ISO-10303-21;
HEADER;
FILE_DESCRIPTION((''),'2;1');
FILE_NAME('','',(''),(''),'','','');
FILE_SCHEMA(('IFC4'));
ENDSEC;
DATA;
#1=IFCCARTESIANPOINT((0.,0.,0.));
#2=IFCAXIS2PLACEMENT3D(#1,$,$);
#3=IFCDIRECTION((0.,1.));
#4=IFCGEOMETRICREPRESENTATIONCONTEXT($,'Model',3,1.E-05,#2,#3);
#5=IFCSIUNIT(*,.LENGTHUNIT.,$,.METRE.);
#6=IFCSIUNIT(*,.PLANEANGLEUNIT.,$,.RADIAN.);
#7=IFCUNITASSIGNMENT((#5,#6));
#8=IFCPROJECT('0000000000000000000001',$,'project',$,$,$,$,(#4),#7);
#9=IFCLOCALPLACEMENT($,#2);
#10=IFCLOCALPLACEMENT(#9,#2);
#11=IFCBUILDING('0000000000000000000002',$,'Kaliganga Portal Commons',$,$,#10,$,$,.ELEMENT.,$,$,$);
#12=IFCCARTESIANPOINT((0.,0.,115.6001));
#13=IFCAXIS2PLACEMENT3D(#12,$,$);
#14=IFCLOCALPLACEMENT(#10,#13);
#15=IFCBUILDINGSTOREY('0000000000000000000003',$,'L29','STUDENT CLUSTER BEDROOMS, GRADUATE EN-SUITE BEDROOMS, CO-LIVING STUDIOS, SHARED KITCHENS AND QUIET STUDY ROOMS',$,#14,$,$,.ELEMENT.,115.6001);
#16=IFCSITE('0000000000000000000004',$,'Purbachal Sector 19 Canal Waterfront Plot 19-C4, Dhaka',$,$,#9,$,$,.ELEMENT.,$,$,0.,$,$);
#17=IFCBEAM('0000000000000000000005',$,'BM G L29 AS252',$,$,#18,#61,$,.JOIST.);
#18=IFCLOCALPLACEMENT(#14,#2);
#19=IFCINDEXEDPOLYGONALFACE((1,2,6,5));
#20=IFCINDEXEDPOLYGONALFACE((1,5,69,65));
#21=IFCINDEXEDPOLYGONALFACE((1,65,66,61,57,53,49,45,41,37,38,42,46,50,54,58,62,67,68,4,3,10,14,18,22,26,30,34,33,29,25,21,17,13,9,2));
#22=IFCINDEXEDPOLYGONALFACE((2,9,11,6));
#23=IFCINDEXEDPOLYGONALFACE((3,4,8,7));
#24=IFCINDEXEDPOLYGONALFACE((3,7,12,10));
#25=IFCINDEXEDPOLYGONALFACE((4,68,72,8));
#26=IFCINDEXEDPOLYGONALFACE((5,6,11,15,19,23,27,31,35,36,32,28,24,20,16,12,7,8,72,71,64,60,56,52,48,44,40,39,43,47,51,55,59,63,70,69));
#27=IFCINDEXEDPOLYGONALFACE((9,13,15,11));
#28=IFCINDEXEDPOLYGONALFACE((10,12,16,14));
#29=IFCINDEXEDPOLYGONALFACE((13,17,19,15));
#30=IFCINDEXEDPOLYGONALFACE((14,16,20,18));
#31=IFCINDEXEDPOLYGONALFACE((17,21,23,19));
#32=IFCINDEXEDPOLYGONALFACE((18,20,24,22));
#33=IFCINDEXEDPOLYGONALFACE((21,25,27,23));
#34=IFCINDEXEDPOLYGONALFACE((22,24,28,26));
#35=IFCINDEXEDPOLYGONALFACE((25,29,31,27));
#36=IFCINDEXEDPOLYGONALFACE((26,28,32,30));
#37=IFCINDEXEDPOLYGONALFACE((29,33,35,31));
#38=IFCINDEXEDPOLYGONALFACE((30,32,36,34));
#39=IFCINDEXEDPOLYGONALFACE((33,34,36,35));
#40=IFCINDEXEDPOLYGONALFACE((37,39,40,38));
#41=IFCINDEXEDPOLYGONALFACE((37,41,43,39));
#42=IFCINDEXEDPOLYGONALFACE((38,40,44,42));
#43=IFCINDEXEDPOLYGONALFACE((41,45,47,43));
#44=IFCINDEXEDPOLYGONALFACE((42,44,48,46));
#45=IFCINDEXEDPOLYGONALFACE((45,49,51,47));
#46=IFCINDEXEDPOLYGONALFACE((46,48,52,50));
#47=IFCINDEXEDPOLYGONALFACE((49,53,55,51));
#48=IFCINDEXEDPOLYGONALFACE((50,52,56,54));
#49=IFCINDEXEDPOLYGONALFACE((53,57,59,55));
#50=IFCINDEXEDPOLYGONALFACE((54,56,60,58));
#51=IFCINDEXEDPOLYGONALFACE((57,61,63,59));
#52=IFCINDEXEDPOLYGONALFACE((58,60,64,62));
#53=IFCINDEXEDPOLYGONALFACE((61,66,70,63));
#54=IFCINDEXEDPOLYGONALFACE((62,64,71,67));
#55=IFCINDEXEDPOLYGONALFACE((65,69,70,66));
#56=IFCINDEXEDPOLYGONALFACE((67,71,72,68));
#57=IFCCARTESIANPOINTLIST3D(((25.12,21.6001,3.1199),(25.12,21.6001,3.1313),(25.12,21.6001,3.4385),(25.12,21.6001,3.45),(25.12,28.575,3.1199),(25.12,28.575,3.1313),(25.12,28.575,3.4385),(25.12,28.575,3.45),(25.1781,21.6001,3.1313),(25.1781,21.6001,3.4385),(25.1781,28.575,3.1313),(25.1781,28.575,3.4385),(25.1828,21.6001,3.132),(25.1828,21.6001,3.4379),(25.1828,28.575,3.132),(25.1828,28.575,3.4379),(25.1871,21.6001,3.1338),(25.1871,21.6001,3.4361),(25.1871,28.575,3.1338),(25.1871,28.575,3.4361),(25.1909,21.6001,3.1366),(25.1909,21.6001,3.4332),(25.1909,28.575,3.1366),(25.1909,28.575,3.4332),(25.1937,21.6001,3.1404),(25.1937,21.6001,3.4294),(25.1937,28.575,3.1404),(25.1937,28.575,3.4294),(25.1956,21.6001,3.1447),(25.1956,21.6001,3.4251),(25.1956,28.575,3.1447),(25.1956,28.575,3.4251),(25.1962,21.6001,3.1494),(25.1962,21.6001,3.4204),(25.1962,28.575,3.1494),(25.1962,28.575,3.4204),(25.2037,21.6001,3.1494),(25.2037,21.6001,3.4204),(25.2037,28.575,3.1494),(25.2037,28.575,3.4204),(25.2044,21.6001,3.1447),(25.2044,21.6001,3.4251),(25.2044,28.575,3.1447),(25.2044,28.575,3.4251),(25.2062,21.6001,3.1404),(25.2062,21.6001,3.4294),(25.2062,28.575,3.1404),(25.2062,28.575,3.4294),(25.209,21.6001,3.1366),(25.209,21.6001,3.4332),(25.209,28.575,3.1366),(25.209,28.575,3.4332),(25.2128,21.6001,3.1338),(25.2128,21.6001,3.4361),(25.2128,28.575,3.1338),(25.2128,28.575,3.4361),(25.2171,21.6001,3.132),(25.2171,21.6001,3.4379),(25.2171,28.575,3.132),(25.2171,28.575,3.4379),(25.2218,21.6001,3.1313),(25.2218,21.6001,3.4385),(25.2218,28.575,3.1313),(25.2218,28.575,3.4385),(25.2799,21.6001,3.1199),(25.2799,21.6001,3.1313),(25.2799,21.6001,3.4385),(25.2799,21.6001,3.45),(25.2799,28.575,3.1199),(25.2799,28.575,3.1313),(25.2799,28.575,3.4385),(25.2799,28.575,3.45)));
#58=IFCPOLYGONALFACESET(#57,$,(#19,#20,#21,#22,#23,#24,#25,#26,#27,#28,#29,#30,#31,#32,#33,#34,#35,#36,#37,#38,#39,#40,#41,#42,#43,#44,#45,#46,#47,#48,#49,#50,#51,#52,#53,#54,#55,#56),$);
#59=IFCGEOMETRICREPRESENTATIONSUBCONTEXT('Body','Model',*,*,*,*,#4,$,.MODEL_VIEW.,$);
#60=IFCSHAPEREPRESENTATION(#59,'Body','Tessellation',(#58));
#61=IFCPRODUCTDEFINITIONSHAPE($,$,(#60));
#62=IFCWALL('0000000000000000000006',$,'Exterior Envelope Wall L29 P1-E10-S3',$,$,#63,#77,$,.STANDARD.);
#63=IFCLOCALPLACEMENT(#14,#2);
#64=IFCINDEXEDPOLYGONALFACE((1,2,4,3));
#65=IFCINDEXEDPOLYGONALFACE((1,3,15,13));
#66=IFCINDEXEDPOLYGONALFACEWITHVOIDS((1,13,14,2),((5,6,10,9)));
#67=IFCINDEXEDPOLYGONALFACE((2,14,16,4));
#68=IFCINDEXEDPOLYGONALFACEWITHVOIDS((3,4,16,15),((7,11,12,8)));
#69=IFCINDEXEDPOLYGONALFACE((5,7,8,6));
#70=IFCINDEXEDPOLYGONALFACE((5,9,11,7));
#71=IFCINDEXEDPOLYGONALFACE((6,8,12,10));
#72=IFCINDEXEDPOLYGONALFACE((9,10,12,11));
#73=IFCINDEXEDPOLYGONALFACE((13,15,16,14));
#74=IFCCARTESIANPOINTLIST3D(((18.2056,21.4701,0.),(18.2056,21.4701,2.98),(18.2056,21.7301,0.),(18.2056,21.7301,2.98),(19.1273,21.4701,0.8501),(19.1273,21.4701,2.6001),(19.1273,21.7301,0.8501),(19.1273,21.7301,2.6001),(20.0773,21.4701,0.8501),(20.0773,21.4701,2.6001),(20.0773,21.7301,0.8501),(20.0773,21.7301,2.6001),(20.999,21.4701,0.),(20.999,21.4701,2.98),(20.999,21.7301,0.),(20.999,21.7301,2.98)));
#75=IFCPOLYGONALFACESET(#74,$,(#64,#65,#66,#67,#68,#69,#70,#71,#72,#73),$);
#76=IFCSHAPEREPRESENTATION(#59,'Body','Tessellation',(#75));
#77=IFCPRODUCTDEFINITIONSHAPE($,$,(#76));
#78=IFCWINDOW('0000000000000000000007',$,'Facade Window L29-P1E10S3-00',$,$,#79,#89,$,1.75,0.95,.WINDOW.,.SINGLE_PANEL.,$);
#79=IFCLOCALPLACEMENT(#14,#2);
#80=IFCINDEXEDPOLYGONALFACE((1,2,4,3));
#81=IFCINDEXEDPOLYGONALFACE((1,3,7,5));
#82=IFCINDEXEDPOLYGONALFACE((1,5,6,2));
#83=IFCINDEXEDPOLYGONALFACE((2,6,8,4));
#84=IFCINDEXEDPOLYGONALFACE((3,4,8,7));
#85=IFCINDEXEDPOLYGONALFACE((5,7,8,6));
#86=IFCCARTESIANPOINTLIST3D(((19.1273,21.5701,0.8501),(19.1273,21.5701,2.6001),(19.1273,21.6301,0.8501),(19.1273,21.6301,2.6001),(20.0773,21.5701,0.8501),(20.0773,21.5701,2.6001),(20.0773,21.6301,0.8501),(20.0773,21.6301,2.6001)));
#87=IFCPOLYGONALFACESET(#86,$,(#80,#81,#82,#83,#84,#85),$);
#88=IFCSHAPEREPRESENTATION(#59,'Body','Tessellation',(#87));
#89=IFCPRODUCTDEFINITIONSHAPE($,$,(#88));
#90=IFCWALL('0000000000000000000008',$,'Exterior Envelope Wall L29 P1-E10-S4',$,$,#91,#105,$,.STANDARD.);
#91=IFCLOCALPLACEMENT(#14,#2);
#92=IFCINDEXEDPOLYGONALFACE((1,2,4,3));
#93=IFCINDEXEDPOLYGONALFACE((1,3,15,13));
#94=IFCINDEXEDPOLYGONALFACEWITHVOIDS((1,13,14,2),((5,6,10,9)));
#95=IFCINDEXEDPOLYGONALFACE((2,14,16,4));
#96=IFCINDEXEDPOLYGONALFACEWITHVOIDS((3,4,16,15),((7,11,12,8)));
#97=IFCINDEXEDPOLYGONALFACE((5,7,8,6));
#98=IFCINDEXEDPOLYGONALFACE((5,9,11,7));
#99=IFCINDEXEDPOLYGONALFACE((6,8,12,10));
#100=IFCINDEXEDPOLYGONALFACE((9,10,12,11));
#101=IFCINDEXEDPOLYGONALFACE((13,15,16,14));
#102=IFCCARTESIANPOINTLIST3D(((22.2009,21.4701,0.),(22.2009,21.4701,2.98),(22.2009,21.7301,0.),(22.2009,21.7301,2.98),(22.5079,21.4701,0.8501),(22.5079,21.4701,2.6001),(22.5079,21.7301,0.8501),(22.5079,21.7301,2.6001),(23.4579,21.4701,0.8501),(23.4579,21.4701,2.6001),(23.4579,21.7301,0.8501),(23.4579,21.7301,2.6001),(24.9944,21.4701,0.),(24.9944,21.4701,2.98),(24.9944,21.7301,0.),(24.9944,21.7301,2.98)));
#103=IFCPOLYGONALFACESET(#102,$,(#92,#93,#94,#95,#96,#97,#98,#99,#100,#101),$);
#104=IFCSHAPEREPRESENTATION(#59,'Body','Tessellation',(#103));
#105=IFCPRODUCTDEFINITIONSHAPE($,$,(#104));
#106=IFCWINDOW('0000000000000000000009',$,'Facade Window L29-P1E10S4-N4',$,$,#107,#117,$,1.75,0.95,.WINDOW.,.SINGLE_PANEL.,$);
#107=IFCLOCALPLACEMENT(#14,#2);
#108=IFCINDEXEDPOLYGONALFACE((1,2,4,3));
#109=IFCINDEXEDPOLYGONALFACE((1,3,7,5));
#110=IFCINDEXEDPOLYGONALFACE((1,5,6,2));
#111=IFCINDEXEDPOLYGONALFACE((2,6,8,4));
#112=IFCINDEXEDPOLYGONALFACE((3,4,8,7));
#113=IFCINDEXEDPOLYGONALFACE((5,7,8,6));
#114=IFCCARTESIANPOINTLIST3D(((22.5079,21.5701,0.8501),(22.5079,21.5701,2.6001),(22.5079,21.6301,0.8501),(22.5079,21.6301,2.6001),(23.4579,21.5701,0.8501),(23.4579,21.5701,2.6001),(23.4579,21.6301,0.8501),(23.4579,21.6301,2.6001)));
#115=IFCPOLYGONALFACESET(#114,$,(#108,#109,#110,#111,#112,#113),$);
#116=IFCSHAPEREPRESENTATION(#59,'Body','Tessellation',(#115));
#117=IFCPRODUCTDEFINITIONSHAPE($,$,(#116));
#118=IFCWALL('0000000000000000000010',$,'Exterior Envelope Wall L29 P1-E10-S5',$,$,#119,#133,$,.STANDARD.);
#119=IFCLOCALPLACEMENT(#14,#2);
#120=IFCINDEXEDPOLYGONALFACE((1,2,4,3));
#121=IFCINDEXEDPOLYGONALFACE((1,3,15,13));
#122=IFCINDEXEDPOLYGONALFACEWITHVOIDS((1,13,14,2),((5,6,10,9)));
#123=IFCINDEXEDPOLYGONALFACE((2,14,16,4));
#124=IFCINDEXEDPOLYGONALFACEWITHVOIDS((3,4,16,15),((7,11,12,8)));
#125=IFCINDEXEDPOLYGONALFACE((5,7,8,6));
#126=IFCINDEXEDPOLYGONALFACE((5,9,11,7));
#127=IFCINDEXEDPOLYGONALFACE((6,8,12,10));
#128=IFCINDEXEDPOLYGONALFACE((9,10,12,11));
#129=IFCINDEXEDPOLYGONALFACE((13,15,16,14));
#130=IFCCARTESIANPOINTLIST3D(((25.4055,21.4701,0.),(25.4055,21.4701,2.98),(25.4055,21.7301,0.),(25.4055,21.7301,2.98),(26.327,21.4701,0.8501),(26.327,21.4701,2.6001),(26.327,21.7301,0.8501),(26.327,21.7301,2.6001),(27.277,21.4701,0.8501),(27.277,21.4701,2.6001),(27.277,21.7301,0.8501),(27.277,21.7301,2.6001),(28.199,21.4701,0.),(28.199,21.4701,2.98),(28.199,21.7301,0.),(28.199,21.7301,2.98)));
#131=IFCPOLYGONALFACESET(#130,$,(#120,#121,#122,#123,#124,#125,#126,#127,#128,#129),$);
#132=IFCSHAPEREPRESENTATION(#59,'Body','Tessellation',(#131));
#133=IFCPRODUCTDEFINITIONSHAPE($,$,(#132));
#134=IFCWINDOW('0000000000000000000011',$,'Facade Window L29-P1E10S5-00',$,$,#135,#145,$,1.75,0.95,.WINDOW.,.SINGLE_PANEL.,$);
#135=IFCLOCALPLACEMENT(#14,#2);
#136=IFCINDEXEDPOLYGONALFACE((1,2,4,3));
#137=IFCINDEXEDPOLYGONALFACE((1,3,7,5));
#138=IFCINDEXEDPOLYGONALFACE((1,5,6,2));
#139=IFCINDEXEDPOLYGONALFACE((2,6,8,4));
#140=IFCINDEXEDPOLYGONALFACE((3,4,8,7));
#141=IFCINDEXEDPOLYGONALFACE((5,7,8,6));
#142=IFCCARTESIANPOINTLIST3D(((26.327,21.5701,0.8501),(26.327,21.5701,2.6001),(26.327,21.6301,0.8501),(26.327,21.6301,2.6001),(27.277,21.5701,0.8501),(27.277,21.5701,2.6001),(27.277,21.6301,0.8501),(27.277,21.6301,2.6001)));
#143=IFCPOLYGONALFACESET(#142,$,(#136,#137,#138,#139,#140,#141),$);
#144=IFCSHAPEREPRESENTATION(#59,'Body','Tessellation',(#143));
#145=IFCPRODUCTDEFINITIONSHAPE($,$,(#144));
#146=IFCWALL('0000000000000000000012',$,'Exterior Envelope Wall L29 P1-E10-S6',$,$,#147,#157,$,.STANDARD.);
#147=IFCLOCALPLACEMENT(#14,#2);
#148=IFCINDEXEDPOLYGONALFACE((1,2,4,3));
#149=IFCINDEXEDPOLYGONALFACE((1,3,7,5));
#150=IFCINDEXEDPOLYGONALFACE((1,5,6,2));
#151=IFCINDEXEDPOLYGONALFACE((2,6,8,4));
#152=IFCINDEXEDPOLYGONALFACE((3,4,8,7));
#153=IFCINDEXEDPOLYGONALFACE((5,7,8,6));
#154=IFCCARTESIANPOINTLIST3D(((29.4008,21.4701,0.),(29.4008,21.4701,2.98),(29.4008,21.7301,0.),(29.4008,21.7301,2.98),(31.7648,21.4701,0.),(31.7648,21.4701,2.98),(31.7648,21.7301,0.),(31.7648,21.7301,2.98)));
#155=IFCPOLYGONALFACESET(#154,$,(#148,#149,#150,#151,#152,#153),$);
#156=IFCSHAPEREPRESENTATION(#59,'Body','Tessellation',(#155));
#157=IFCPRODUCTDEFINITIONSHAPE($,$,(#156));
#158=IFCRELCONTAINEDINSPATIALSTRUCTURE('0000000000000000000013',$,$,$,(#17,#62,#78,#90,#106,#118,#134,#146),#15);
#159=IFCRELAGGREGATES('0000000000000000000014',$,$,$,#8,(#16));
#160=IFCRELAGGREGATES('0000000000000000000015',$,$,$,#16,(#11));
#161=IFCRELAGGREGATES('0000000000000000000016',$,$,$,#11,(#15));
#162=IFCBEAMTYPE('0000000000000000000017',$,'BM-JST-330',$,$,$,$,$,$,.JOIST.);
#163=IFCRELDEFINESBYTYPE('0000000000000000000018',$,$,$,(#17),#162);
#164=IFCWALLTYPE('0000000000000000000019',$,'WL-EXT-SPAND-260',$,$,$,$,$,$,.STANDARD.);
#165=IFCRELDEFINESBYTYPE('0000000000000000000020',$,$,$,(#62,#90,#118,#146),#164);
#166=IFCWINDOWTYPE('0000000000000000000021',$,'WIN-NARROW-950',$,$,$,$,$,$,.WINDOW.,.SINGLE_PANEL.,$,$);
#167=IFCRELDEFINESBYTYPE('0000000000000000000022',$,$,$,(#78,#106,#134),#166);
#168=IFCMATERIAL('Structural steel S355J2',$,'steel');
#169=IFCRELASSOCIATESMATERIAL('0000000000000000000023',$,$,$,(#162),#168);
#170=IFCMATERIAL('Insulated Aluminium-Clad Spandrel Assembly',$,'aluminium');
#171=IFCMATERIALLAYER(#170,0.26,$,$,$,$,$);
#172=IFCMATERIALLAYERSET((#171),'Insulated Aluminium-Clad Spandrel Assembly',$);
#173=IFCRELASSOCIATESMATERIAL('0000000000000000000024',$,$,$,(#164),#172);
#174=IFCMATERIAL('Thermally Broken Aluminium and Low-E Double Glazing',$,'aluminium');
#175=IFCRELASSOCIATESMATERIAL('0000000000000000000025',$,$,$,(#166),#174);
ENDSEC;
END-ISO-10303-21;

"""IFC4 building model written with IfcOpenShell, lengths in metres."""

from ifc_helpers import new_model, si_unit, direction, frame, frame_2d, origin, origin_2d, place, context, subcontext, project, spatial, rectangle, i_section, extrude, source, transform, mapped, material, layer, layer_set, material_profile, profile_set, type_object, element, fill, save


model = new_model("IFC4")

# Units and contexts
model_context = context("Model", 3, precision=1e-05, world=origin(), true_north=direction((0.0, 1.0)))
body_context = subcontext(model_context, "Body", "Model", "MODEL_VIEW")
ifc_project = project(units=[si_unit("LENGTHUNIT", "METRE"), si_unit("PLANEANGLEUNIT", "RADIAN")], contexts=[model_context])

# Site, building, storey
site_placement = place(None, origin())
site = spatial("IfcSite", under=ifc_project, at=site_placement, Name="Purbachal Sector 19 Canal Waterfront Plot 19-C4, Dhaka", CompositionType="ELEMENT", RefElevation=0.0)
building_placement = place(site_placement, origin())
building = spatial("IfcBuilding", under=site, at=building_placement, Name="Kaliganga Portal Commons", CompositionType="ELEMENT")
storey_placement = place(building_placement, frame((0.0, 0.0, 115.6001)))
storey = spatial("IfcBuildingStorey", under=building, at=storey_placement, Name="L29", Description="STUDENT CLUSTER BEDROOMS, GRADUATE EN-SUITE BEDROOMS, CO-LIVING STUDIOS, SHARED KITCHENS AND QUIET STUDY ROOMS", CompositionType="ELEMENT", Elevation=115.6001)

# Beam
ifc_material_1 = material(Name="Structural steel S355J2", Category="steel")
ifc_material_profile_1 = material_profile(ifc_material_1, i_section(OverallWidth=0.1599, OverallDepth=0.3301, WebThickness=0.0076, FlangeThickness=0.0115, FilletRadius=0.0181, at=origin_2d()), Name="IPE 330")
ifc_profile_set_1 = profile_set([ifc_material_profile_1], Name="Structural steel S355J2 wide-flange")
beam_type_1 = type_object("IfcBeamType", Name="BM-JST-330", PredefinedType="JOIST", material=ifc_profile_set_1)
shared_shape_1 = source(origin(), body_context, "Body", "SweptSolid", [
    extrude(i_section(OverallWidth=0.1599, OverallDepth=0.3301, WebThickness=0.0076, FlangeThickness=0.0115, FilletRadius=0.0181, at=origin_2d()), origin(), (0.0, 0.0, 1.0), 6.9749),
])
beam_1_placement = place(storey_placement, frame((25.2, 21.6001, 3.2849), z_axis=(0.0, 1.0, 0.0), x_axis=(-1.0, 0.0, 0.0)))
element("IfcBeam", 1, at=beam_1_placement, inside=storey, type_object=beam_type_1, Name="BM G L29 AS252", PredefinedType="JOIST", context=body_context, shape_type="MappedRepresentation", body=[
    mapped(shared_shape_1, transform((0.0, 0.0, 0.0), x_axis=(1.0, 0.0, 0.0), y_axis=(0.0, 1.0, 0.0), z_axis=(0.0, 0.0, 1.0), scale=1.0)),
])

# Walls, openings, windows
ifc_material_2 = material(Name="Insulated Aluminium-Clad Spandrel Assembly", Category="aluminium")
ifc_layer_1 = layer(ifc_material_2, 0.26)
ifc_layer_set_1 = layer_set([ifc_layer_1], Name="Insulated Aluminium-Clad Spandrel Assembly")
wall_type_1 = type_object("IfcWallType", Name="WL-EXT-SPAND-260", PredefinedType="STANDARD", material=ifc_layer_set_1)
wall_1_placement = place(storey_placement, frame((20.999, 21.6001, 0.0), z_axis=(0.0, 0.0, 1.0), x_axis=(-1.0, 0.0, 0.0)))
wall_1 = element("IfcWall", 2, at=wall_1_placement, inside=storey, type_object=wall_type_1, Name="Exterior Envelope Wall L29 P1-E10-S3", PredefinedType="STANDARD", context=body_context, shape_type="SweptSolid", body=[
    extrude(rectangle(XDim=2.7935, YDim=0.26, at=frame_2d((1.3967, 0.0))), origin(), (0.0, 0.0, 1.0), 2.98),
])
opening_1_placement = place(wall_1_placement, frame((0.9216, 0.0, 0.8501)))
opening_1 = element("IfcOpeningElement", 3, at=opening_1_placement, cuts=wall_1, PredefinedType="OPENING", context=body_context, shape_type="SweptSolid", body=[
    extrude(rectangle(XDim=0.95, YDim=1.75, at=frame_2d((0.4751, 0.875))), frame((0.0, 0.1401, 0.0), z_axis=(0.0, -1.0, 0.0), x_axis=(1.0, 0.0, 0.0)), (0.0, 0.0, 1.0), 0.28),
])
ifc_material_3 = material(Name="Thermally Broken Aluminium and Low-E Double Glazing", Category="aluminium")
window_type_1 = type_object("IfcWindowType", Name="WIN-NARROW-950", PartitioningType="SINGLE_PANEL", PredefinedType="WINDOW", material=ifc_material_3)
window_1_placement = place(opening_1_placement, origin())
window_1 = element("IfcWindow", 4, at=window_1_placement, inside=storey, type_object=window_type_1, Name="Facade Window L29-P1E10S3-00", OverallHeight=1.75, OverallWidth=0.95, PartitioningType="SINGLE_PANEL", PredefinedType="WINDOW", context=body_context, shape_type="SweptSolid", body=[
    extrude(rectangle(XDim=0.95, YDim=1.75, at=frame_2d((0.4751, 0.875))), frame((0.0, 0.03, 0.0), z_axis=(0.0, -1.0, 0.0), x_axis=(1.0, 0.0, 0.0)), (0.0, 0.0, 1.0), 0.0601),
])
fill(opening_1, window_1)
wall_2_placement = place(storey_placement, frame((24.9944, 21.6001, 0.0), z_axis=(0.0, 0.0, 1.0), x_axis=(-1.0, 0.0, 0.0)))
wall_2 = element("IfcWall", 5, at=wall_2_placement, inside=storey, type_object=wall_type_1, Name="Exterior Envelope Wall L29 P1-E10-S4", PredefinedType="STANDARD", context=body_context, shape_type="SweptSolid", body=[
    extrude(rectangle(XDim=2.7935, YDim=0.26, at=frame_2d((1.3967, 0.0))), origin(), (0.0, 0.0, 1.0), 2.98),
])
opening_2_placement = place(wall_2_placement, frame((1.5364, 0.0, 0.8501)))
opening_2 = element("IfcOpeningElement", 6, at=opening_2_placement, cuts=wall_2, PredefinedType="OPENING", context=body_context, shape_type="SweptSolid", body=[
    extrude(rectangle(XDim=0.95, YDim=1.75, at=frame_2d((0.4751, 0.875))), frame((0.0, 0.1401, 0.0), z_axis=(0.0, -1.0, 0.0), x_axis=(1.0, 0.0, 0.0)), (0.0, 0.0, 1.0), 0.28),
])
window_2_placement = place(opening_2_placement, origin())
window_2 = element("IfcWindow", 7, at=window_2_placement, inside=storey, type_object=window_type_1, Name="Facade Window L29-P1E10S4-N4", OverallHeight=1.75, OverallWidth=0.95, PartitioningType="SINGLE_PANEL", PredefinedType="WINDOW", context=body_context, shape_type="SweptSolid", body=[
    extrude(rectangle(XDim=0.95, YDim=1.75, at=frame_2d((0.4751, 0.875))), frame((0.0, 0.03, 0.0), z_axis=(0.0, -1.0, 0.0), x_axis=(1.0, 0.0, 0.0)), (0.0, 0.0, 1.0), 0.0601),
])
fill(opening_2, window_2)
wall_3_placement = place(storey_placement, frame((28.199, 21.6001, 0.0), z_axis=(0.0, 0.0, 1.0), x_axis=(-1.0, 0.0, 0.0)))
wall_3 = element("IfcWall", 8, at=wall_3_placement, inside=storey, type_object=wall_type_1, Name="Exterior Envelope Wall L29 P1-E10-S5", PredefinedType="STANDARD", context=body_context, shape_type="SweptSolid", body=[
    extrude(rectangle(XDim=2.7935, YDim=0.26, at=frame_2d((1.3967, 0.0))), origin(), (0.0, 0.0, 1.0), 2.98),
])
opening_3_placement = place(wall_3_placement, frame((0.9219, 0.0, 0.8501)))
opening_3 = element("IfcOpeningElement", 9, at=opening_3_placement, cuts=wall_3, PredefinedType="OPENING", context=body_context, shape_type="SweptSolid", body=[
    extrude(rectangle(XDim=0.95, YDim=1.75, at=frame_2d((0.4751, 0.875))), frame((0.0, 0.1401, 0.0), z_axis=(0.0, -1.0, 0.0), x_axis=(1.0, 0.0, 0.0)), (0.0, 0.0, 1.0), 0.28),
])
window_3_placement = place(opening_3_placement, origin())
window_3 = element("IfcWindow", 10, at=window_3_placement, inside=storey, type_object=window_type_1, Name="Facade Window L29-P1E10S5-00", OverallHeight=1.75, OverallWidth=0.95, PartitioningType="SINGLE_PANEL", PredefinedType="WINDOW", context=body_context, shape_type="SweptSolid", body=[
    extrude(rectangle(XDim=0.95, YDim=1.75, at=frame_2d((0.4751, 0.875))), frame((0.0, 0.03, 0.0), z_axis=(0.0, -1.0, 0.0), x_axis=(1.0, 0.0, 0.0)), (0.0, 0.0, 1.0), 0.0601),
])
fill(opening_3, window_3)

# Wall
wall_4_placement = place(storey_placement, frame((31.7649, 21.6001, 0.0), z_axis=(0.0, 0.0, 1.0), x_axis=(-1.0, 0.0, 0.0)))
element("IfcWall", 11, at=wall_4_placement, inside=storey, type_object=wall_type_1, Name="Exterior Envelope Wall L29 P1-E10-S6", PredefinedType="STANDARD", context=body_context, shape_type="SweptSolid", body=[
    extrude(rectangle(XDim=2.364, YDim=0.26, at=frame_2d((1.1821, 0.0))), origin(), (0.0, 0.0, 1.0), 2.98),
])

save(model, "model.ifc")
